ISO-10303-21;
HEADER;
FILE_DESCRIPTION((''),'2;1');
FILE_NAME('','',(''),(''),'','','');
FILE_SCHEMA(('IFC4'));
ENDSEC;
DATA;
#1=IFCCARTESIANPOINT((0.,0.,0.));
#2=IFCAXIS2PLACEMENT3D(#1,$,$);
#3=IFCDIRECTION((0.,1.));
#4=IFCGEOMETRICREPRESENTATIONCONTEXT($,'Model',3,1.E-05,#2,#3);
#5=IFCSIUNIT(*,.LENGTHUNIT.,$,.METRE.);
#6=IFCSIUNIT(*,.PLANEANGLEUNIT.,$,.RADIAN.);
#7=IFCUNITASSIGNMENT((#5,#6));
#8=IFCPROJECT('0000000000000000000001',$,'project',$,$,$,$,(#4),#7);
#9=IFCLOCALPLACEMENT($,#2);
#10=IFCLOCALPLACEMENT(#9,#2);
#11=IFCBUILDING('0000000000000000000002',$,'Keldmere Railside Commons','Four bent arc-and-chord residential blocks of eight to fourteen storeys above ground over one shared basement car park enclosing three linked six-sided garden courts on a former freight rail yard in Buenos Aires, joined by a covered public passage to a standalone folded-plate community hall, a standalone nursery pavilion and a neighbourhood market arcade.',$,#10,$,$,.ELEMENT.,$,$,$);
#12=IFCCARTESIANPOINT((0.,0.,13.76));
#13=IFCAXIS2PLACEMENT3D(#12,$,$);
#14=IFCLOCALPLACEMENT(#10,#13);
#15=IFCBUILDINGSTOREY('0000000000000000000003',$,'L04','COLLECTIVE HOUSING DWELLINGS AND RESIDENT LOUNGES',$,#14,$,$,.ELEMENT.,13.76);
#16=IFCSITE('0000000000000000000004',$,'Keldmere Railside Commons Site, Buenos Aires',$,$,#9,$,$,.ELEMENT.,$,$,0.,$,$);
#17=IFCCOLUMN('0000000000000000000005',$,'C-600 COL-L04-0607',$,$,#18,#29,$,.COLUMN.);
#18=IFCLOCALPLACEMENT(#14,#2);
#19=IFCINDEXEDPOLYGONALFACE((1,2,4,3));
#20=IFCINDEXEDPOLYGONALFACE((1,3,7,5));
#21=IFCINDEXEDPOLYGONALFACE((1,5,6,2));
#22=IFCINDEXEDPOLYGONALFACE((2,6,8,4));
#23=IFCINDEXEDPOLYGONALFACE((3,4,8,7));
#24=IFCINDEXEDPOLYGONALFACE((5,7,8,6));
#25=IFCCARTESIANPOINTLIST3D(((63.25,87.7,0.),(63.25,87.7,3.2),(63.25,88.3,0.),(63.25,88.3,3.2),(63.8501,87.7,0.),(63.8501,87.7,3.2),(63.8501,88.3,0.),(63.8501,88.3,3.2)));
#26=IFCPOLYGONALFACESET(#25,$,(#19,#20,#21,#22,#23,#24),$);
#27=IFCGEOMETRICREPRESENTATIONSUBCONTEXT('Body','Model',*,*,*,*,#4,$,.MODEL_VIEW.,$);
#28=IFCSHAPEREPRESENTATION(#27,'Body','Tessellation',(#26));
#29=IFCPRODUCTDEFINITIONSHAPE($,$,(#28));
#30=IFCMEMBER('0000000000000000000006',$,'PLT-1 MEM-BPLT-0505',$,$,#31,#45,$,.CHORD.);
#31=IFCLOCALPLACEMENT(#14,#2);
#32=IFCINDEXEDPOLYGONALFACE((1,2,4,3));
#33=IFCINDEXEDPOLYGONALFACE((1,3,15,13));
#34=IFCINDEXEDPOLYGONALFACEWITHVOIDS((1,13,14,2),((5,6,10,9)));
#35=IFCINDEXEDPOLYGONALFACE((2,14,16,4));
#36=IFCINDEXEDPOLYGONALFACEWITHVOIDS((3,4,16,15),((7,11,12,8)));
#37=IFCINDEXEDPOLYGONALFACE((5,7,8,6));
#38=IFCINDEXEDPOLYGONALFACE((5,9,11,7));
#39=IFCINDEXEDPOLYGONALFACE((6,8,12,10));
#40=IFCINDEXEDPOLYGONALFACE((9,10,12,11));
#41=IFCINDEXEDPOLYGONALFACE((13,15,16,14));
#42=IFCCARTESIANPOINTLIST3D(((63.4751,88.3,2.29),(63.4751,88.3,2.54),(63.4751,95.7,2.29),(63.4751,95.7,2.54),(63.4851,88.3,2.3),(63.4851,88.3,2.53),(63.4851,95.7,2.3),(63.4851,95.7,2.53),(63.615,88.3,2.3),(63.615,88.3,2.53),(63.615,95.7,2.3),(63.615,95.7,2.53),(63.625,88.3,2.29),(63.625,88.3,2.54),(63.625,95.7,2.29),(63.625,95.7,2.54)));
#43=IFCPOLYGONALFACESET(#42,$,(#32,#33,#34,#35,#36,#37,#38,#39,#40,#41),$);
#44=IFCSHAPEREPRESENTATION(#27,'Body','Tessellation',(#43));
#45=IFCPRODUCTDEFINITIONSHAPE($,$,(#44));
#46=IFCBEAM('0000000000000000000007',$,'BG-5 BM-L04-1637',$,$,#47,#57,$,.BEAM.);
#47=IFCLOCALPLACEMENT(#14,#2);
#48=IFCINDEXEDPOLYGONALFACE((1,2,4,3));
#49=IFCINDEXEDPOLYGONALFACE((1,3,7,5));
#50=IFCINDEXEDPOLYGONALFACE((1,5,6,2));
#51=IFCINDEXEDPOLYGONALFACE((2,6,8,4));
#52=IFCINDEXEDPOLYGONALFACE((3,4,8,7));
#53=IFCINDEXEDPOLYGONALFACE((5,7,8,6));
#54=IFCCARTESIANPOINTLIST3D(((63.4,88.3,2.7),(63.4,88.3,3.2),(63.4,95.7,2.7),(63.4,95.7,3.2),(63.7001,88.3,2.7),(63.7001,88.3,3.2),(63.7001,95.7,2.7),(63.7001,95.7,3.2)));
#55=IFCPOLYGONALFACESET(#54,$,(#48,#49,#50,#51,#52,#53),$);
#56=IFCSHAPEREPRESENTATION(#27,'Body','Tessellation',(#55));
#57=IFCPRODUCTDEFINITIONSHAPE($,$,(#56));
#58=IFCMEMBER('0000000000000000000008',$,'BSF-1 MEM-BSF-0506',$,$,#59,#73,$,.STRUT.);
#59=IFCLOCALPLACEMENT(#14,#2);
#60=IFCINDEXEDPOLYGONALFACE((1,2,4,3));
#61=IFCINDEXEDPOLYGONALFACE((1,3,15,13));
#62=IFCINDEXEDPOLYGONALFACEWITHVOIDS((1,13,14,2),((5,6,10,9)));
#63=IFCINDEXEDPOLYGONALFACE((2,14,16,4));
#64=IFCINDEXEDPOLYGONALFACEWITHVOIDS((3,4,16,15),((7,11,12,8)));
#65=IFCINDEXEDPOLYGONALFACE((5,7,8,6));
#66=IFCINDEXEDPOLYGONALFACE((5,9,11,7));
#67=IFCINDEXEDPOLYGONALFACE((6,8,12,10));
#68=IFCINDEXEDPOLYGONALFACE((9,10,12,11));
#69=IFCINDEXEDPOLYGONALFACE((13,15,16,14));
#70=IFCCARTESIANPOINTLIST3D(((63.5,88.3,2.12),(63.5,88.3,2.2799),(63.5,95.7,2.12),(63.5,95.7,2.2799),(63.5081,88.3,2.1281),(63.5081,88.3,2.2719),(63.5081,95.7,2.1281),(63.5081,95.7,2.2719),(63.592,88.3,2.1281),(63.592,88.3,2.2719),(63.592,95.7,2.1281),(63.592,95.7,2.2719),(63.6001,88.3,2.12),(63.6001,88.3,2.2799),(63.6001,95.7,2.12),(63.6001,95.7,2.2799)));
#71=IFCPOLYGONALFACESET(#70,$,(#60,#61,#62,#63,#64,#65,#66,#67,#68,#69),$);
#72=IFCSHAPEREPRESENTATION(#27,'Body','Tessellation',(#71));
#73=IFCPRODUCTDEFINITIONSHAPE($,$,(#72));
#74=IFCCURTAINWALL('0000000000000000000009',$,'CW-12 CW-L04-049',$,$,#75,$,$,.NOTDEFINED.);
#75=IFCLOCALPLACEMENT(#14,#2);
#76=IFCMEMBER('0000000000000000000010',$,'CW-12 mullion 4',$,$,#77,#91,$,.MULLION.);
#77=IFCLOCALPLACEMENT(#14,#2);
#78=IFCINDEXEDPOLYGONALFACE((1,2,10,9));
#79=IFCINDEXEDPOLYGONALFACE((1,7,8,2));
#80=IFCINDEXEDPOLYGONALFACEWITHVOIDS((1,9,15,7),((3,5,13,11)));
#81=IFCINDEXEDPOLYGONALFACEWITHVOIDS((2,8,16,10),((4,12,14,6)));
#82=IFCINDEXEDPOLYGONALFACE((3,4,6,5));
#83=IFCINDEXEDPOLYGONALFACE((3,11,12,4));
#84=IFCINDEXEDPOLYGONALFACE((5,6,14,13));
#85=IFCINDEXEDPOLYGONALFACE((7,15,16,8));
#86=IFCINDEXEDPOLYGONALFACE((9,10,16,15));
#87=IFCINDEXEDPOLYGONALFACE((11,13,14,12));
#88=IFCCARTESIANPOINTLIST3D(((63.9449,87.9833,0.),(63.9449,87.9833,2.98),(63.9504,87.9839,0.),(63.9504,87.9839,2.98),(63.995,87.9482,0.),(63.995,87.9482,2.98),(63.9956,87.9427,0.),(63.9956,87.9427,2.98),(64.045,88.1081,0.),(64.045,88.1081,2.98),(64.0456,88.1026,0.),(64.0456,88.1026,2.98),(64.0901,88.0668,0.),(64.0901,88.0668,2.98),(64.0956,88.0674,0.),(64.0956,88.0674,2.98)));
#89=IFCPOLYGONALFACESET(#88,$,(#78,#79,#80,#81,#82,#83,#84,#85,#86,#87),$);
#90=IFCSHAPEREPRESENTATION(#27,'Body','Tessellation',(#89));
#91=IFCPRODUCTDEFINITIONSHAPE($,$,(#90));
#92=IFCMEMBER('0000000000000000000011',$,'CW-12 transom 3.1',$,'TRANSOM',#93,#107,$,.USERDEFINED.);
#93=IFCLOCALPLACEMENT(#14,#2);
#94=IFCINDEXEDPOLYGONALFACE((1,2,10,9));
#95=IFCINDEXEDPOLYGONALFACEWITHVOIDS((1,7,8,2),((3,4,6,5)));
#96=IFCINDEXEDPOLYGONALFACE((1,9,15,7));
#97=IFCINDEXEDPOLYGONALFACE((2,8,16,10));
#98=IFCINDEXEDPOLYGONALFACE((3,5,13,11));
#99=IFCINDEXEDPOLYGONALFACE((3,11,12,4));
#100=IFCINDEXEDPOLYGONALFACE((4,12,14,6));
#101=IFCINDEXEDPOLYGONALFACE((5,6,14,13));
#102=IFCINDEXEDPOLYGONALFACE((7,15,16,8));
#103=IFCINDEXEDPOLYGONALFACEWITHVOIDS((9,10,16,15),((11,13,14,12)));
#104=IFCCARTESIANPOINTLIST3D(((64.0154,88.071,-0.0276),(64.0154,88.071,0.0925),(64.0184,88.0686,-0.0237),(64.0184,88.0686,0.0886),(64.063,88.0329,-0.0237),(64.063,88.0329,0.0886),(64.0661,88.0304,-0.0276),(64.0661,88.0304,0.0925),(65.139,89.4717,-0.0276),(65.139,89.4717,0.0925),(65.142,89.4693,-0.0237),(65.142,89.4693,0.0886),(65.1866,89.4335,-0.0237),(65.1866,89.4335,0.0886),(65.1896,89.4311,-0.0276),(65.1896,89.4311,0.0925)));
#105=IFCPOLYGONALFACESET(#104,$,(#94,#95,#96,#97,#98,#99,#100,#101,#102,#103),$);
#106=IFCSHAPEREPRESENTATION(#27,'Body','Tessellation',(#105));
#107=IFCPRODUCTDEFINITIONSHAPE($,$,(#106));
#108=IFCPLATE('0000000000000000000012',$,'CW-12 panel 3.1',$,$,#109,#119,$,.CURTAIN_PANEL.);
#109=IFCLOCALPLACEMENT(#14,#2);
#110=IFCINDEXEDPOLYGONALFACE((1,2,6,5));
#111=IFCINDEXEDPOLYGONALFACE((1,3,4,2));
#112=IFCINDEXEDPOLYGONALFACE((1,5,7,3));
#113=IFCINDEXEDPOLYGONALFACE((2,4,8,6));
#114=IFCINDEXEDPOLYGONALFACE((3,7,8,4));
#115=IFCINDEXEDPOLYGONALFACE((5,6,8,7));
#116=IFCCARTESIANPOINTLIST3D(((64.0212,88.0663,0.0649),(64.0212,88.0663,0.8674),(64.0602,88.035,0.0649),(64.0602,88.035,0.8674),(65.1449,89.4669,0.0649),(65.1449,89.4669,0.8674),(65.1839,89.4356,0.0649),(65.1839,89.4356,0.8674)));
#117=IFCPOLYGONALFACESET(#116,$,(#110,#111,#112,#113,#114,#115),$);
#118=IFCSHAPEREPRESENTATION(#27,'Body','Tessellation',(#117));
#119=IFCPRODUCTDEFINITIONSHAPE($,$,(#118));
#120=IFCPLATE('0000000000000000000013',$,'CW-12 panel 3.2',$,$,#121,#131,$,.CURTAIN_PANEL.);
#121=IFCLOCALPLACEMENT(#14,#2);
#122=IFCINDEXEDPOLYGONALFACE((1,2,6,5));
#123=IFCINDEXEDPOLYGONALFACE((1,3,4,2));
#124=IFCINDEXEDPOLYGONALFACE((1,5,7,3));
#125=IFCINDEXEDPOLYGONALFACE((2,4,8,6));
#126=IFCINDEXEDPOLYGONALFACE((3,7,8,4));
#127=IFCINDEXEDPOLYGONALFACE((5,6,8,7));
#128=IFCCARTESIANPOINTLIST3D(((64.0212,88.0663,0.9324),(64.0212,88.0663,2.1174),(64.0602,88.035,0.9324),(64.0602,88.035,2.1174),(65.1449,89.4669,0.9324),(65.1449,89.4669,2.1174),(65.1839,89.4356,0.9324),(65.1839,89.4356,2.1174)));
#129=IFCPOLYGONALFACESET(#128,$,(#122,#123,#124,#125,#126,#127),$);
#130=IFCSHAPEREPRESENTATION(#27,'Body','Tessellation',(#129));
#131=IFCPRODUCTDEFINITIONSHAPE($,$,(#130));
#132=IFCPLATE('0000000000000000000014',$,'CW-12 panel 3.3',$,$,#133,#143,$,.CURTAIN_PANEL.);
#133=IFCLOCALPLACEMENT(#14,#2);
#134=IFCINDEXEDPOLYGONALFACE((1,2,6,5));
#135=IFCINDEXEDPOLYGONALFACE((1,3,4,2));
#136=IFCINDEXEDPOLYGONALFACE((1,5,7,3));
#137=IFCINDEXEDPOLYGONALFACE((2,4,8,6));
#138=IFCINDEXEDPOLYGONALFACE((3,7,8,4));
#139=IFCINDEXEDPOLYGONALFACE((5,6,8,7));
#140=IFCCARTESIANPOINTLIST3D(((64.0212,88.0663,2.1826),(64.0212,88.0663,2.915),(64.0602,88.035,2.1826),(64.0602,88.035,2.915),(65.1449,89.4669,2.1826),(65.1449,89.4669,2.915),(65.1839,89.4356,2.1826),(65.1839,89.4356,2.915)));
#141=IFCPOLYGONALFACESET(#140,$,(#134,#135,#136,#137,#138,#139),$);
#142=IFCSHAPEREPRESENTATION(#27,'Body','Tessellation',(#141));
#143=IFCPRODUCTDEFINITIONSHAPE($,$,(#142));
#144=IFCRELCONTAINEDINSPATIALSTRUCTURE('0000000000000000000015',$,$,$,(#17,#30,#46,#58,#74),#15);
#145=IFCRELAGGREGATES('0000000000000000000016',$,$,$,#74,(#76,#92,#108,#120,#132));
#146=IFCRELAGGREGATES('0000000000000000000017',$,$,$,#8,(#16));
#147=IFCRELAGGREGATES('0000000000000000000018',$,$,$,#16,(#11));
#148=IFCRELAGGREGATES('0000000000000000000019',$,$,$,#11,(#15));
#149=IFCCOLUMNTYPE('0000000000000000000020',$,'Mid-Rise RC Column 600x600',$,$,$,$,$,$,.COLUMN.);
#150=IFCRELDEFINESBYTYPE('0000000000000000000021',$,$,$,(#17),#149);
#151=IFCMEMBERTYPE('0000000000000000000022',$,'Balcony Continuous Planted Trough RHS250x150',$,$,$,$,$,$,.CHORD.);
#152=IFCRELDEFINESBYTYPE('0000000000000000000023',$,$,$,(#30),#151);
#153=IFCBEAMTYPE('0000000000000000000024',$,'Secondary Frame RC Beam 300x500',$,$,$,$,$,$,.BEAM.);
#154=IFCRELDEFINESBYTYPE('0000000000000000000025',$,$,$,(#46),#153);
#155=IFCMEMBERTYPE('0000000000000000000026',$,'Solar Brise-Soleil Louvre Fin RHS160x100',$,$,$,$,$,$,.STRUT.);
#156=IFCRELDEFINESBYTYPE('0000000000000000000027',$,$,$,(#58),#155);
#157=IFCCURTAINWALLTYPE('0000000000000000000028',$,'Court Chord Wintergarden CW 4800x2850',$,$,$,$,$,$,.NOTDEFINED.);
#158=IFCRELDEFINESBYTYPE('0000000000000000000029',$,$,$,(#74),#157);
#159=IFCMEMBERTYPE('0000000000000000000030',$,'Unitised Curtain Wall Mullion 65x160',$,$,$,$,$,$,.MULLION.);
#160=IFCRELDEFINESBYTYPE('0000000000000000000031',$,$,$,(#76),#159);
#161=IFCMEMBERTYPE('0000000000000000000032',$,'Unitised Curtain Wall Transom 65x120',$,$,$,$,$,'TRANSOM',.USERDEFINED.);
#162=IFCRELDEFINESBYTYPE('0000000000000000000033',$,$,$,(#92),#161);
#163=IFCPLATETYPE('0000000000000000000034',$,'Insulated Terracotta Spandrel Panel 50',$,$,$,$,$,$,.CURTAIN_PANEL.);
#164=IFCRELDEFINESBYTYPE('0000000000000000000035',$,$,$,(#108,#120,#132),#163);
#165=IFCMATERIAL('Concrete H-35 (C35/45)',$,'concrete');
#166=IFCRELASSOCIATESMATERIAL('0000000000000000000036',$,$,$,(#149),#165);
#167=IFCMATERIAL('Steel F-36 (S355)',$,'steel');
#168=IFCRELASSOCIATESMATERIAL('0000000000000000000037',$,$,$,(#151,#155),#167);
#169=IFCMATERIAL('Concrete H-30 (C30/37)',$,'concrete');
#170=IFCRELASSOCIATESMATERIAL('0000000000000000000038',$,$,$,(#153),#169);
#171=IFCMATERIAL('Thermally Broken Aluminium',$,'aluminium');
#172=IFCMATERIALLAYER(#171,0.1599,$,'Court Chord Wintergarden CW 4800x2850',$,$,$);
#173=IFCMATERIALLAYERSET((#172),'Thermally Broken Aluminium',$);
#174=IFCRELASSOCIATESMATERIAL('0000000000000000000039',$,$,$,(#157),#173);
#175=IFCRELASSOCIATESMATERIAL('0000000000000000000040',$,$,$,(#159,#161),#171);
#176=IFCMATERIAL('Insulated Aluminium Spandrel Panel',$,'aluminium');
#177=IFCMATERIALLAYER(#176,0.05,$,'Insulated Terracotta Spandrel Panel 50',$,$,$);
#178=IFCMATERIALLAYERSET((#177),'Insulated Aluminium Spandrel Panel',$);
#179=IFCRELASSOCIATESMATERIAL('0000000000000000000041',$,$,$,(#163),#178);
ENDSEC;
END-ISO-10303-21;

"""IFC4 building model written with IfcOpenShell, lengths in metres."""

from ifc_helpers import new_model, si_unit, direction, frame, origin, origin_2d, place, context, subcontext, project, spatial, rectangle, hollow_rectangle, extrude, material, layer, layer_set, material_profile, profile_set, type_object, element, aggregate, save


model = new_model("IFC4")

# Units and contexts
model_context = context("Model", 3, precision=1e-05, world=origin(), true_north=direction((0.0, 1.0)))
body_context = subcontext(model_context, "Body", "Model", "MODEL_VIEW")
ifc_project = project(units=[si_unit("LENGTHUNIT", "METRE"), si_unit("PLANEANGLEUNIT", "RADIAN")], contexts=[model_context])

# Site, building, storey
site_placement = place(None, origin())
site = spatial("IfcSite", under=ifc_project, at=site_placement, Name="Keldmere Railside Commons Site, Buenos Aires", CompositionType="ELEMENT", RefElevation=0.0)
building_placement = place(site_placement, origin())
building = spatial("IfcBuilding", under=site, at=building_placement, Name="Keldmere Railside Commons", Description="Four bent arc-and-chord residential blocks of eight to fourteen storeys above ground over one shared basement car park enclosing three linked six-sided garden courts on a former freight rail yard in Buenos Aires, joined by a covered public passage to a standalone folded-plate community hall, a standalone nursery pavilion and a neighbourhood market arcade.", CompositionType="ELEMENT")
storey_placement = place(building_placement, frame((0.0, 0.0, 13.76)))
storey = spatial("IfcBuildingStorey", under=building, at=storey_placement, Name="L04", Description="COLLECTIVE HOUSING DWELLINGS AND RESIDENT LOUNGES", CompositionType="ELEMENT", Elevation=13.76)

# Column
ifc_material_1 = material(Name="Concrete H-35 (C35/45)", Category="concrete")
ifc_material_profile_1 = material_profile(ifc_material_1, rectangle(XDim=0.6001, YDim=0.6001, at=origin_2d()), Name="RC-600x600")
ifc_profile_set_1 = profile_set([ifc_material_profile_1], Name="Concrete H-35 (C35/45)")
column_type = type_object("IfcColumnType", Name="Mid-Rise RC Column 600x600", PredefinedType="COLUMN", material=ifc_profile_set_1)
column_placement = place(storey_placement, frame((63.55, 88.0, 0.0), z_axis=(0.0, 0.0, 1.0), x_axis=(1.0, 0.0, 0.0)))
element("IfcColumn", 1, at=column_placement, inside=storey, type_object=column_type, Name="C-600 COL-L04-0607", PredefinedType="COLUMN", context=body_context, shape_type="SweptSolid", body=[
    extrude(rectangle(XDim=0.6001, YDim=0.6001, at=origin_2d()), origin(), (0.0, 0.0, 1.0), 3.2),
])

# Member
ifc_material_2 = material(Name="Steel F-36 (S355)", Category="steel")
ifc_material_profile_2 = material_profile(ifc_material_2, hollow_rectangle(XDim=0.1499, YDim=0.25, WallThickness=0.01, at=origin_2d()), Name="RHS-250x150x10")
ifc_profile_set_2 = profile_set([ifc_material_profile_2], Name="Steel F-36 (S355)")
member_type_1 = type_object("IfcMemberType", Name="Balcony Continuous Planted Trough RHS250x150", PredefinedType="CHORD", material=ifc_profile_set_2)
member_1_placement = place(storey_placement, frame((63.55, 88.3, 2.415), z_axis=(0.0, 1.0, 0.0), x_axis=(-1.0, 0.0, 0.0)))
element("IfcMember", 2, at=member_1_placement, inside=storey, type_object=member_type_1, Name="PLT-1 MEM-BPLT-0505", PredefinedType="CHORD", context=body_context, shape_type="SweptSolid", body=[
    extrude(hollow_rectangle(XDim=0.1499, YDim=0.25, WallThickness=0.01, at=origin_2d()), origin(), (0.0, 0.0, 1.0), 7.3999),
])

# Beam
ifc_material_3 = material(Name="Concrete H-30 (C30/37)", Category="concrete")
ifc_material_profile_3 = material_profile(ifc_material_3, rectangle(XDim=0.3, YDim=0.5, at=origin_2d()), Name="RC-300x500")
ifc_profile_set_3 = profile_set([ifc_material_profile_3], Name="Concrete H-30 (C30/37)")
beam_type = type_object("IfcBeamType", Name="Secondary Frame RC Beam 300x500", PredefinedType="BEAM", material=ifc_profile_set_3)
beam_placement = place(storey_placement, frame((63.55, 88.3, 2.95), z_axis=(0.0, 1.0, 0.0), x_axis=(-1.0, 0.0, 0.0)))
element("IfcBeam", 3, at=beam_placement, inside=storey, type_object=beam_type, Name="BG-5 BM-L04-1637", PredefinedType="BEAM", context=body_context, shape_type="SweptSolid", body=[
    extrude(rectangle(XDim=0.3, YDim=0.5, at=origin_2d()), origin(), (0.0, 0.0, 1.0), 7.3999),
])

# Member
ifc_material_profile_4 = material_profile(ifc_material_2, hollow_rectangle(XDim=0.1001, YDim=0.1599, WallThickness=0.0081, at=origin_2d()), Name="RHS-160x100x8")
ifc_profile_set_4 = profile_set([ifc_material_profile_4], Name="Steel F-36 (S355)")
member_type_2 = type_object("IfcMemberType", Name="Solar Brise-Soleil Louvre Fin RHS160x100", PredefinedType="STRUT", material=ifc_profile_set_4)
member_2_placement = place(storey_placement, frame((63.55, 88.3, 2.2), z_axis=(0.0, 1.0, 0.0), x_axis=(-1.0, 0.0, 0.0)))
element("IfcMember", 4, at=member_2_placement, inside=storey, type_object=member_type_2, Name="BSF-1 MEM-BSF-0506", PredefinedType="STRUT", context=body_context, shape_type="SweptSolid", body=[
    extrude(hollow_rectangle(XDim=0.1001, YDim=0.1599, WallThickness=0.0081, at=origin_2d()), origin(), (0.0, 0.0, 1.0), 7.3999),
])

# Curtain wall, members, plates
ifc_material_4 = material(Name="Thermally Broken Aluminium", Category="aluminium")
ifc_layer_1 = layer(ifc_material_4, 0.1599, Name="Court Chord Wintergarden CW 4800x2850")
ifc_layer_set_1 = layer_set([ifc_layer_1], Name="Thermally Broken Aluminium")
curtain_wall_type = type_object("IfcCurtainWallType", Name="Court Chord Wintergarden CW 4800x2850", PredefinedType="NOTDEFINED", material=ifc_layer_set_1)
curtain_wall_placement = place(storey_placement, origin())
curtain_wall = element("IfcCurtainWall", 5, at=curtain_wall_placement, inside=storey, type_object=curtain_wall_type, Name="CW-12 CW-L04-049", PredefinedType="NOTDEFINED")
ifc_material_profile_5 = material_profile(ifc_material_4, hollow_rectangle(XDim=0.0649, YDim=0.1599, WallThickness=0.0039, at=origin_2d()), Name="ALU-MULL-65x160")
ifc_profile_set_5 = profile_set([ifc_material_profile_5], Name="Thermally Broken Aluminium")
member_type_3 = type_object("IfcMemberType", Name="Unitised Curtain Wall Mullion 65x160", PredefinedType="MULLION", material=ifc_profile_set_5)
member_3_placement = place(storey_placement, frame((64.0203, 88.0254, 0.0), z_axis=(0.0, 0.0, 1.0), x_axis=(0.780009, -0.625768, 0.0)))
member_3 = element("IfcMember", 6, at=member_3_placement, type_object=member_type_3, Name="CW-12 mullion 4", PredefinedType="MULLION", context=body_context, shape_type="SweptSolid", body=[
    extrude(hollow_rectangle(XDim=0.0649, YDim=0.1599, WallThickness=0.0039, at=origin_2d()), origin(), (0.0, 0.0, 1.0), 2.98),
])
ifc_material_profile_6 = material_profile(ifc_material_4, hollow_rectangle(XDim=0.0649, YDim=0.1201, WallThickness=0.0039, at=origin_2d()), Name="ALU-TRAN-65x120")
ifc_profile_set_6 = profile_set([ifc_material_profile_6], Name="Thermally Broken Aluminium")
member_type_4 = type_object("IfcMemberType", Name="Unitised Curtain Wall Transom 65x120", ElementType="TRANSOM", PredefinedType="USERDEFINED", material=ifc_profile_set_6)
member_4_placement = place(storey_placement, frame((65.1643, 89.4514, 0.0325), z_axis=(-0.625723, -0.780046, 0.0), x_axis=(0.780046, -0.625723, 0.0)))
member_4 = element("IfcMember", 7, at=member_4_placement, type_object=member_type_4, Name="CW-12 transom 3.1", ObjectType="TRANSOM", PredefinedType="USERDEFINED", context=body_context, shape_type="SweptSolid", body=[
    extrude(hollow_rectangle(XDim=0.0649, YDim=0.1201, WallThickness=0.0039, at=origin_2d()), origin(), (0.0, 0.0, 1.0), 1.7957),
])
ifc_material_5 = material(Name="Insulated Aluminium Spandrel Panel", Category="aluminium")
ifc_layer_2 = layer(ifc_material_5, 0.05, Name="Insulated Terracotta Spandrel Panel 50")
ifc_layer_set_2 = layer_set([ifc_layer_2], Name="Insulated Aluminium Spandrel Panel")
plate_type = type_object("IfcPlateType", Name="Insulated Terracotta Spandrel Panel 50", PredefinedType="CURTAIN_PANEL", material=ifc_layer_set_2)
plate_1_placement = place(storey_placement, frame((64.6025, 88.751, 0.0649), z_axis=(0.0, 0.0, 1.0), x_axis=(-0.625768, -0.780009, 0.0)))
plate_1 = element("IfcPlate", 8, at=plate_1_placement, type_object=plate_type, Name="CW-12 panel 3.1", PredefinedType="CURTAIN_PANEL", context=body_context, shape_type="SweptSolid", body=[
    extrude(rectangle(XDim=1.7957, YDim=0.05, at=origin_2d()), origin(), (0.0, 0.0, 1.0), 0.8025),
])
plate_2_placement = place(storey_placement, frame((64.6025, 88.751, 0.9324), z_axis=(0.0, 0.0, 1.0), x_axis=(-0.625768, -0.780009, 0.0)))
plate_2 = element("IfcPlate", 9, at=plate_2_placement, type_object=plate_type, Name="CW-12 panel 3.2", PredefinedType="CURTAIN_PANEL", context=body_context, shape_type="SweptSolid", body=[
    extrude(rectangle(XDim=1.7957, YDim=0.05, at=origin_2d()), origin(), (0.0, 0.0, 1.0), 1.1851),
])
plate_3_placement = place(storey_placement, frame((64.6025, 88.751, 2.1826), z_axis=(0.0, 0.0, 1.0), x_axis=(-0.625768, -0.780009, 0.0)))
plate_3 = element("IfcPlate", 10, at=plate_3_placement, type_object=plate_type, Name="CW-12 panel 3.3", PredefinedType="CURTAIN_PANEL", context=body_context, shape_type="SweptSolid", body=[
    extrude(rectangle(XDim=1.7957, YDim=0.05, at=origin_2d()), origin(), (0.0, 0.0, 1.0), 0.7324),
])
aggregate(curtain_wall, [member_3, member_4, plate_1, plate_2, plate_3])

save(model, "model.ifc")
